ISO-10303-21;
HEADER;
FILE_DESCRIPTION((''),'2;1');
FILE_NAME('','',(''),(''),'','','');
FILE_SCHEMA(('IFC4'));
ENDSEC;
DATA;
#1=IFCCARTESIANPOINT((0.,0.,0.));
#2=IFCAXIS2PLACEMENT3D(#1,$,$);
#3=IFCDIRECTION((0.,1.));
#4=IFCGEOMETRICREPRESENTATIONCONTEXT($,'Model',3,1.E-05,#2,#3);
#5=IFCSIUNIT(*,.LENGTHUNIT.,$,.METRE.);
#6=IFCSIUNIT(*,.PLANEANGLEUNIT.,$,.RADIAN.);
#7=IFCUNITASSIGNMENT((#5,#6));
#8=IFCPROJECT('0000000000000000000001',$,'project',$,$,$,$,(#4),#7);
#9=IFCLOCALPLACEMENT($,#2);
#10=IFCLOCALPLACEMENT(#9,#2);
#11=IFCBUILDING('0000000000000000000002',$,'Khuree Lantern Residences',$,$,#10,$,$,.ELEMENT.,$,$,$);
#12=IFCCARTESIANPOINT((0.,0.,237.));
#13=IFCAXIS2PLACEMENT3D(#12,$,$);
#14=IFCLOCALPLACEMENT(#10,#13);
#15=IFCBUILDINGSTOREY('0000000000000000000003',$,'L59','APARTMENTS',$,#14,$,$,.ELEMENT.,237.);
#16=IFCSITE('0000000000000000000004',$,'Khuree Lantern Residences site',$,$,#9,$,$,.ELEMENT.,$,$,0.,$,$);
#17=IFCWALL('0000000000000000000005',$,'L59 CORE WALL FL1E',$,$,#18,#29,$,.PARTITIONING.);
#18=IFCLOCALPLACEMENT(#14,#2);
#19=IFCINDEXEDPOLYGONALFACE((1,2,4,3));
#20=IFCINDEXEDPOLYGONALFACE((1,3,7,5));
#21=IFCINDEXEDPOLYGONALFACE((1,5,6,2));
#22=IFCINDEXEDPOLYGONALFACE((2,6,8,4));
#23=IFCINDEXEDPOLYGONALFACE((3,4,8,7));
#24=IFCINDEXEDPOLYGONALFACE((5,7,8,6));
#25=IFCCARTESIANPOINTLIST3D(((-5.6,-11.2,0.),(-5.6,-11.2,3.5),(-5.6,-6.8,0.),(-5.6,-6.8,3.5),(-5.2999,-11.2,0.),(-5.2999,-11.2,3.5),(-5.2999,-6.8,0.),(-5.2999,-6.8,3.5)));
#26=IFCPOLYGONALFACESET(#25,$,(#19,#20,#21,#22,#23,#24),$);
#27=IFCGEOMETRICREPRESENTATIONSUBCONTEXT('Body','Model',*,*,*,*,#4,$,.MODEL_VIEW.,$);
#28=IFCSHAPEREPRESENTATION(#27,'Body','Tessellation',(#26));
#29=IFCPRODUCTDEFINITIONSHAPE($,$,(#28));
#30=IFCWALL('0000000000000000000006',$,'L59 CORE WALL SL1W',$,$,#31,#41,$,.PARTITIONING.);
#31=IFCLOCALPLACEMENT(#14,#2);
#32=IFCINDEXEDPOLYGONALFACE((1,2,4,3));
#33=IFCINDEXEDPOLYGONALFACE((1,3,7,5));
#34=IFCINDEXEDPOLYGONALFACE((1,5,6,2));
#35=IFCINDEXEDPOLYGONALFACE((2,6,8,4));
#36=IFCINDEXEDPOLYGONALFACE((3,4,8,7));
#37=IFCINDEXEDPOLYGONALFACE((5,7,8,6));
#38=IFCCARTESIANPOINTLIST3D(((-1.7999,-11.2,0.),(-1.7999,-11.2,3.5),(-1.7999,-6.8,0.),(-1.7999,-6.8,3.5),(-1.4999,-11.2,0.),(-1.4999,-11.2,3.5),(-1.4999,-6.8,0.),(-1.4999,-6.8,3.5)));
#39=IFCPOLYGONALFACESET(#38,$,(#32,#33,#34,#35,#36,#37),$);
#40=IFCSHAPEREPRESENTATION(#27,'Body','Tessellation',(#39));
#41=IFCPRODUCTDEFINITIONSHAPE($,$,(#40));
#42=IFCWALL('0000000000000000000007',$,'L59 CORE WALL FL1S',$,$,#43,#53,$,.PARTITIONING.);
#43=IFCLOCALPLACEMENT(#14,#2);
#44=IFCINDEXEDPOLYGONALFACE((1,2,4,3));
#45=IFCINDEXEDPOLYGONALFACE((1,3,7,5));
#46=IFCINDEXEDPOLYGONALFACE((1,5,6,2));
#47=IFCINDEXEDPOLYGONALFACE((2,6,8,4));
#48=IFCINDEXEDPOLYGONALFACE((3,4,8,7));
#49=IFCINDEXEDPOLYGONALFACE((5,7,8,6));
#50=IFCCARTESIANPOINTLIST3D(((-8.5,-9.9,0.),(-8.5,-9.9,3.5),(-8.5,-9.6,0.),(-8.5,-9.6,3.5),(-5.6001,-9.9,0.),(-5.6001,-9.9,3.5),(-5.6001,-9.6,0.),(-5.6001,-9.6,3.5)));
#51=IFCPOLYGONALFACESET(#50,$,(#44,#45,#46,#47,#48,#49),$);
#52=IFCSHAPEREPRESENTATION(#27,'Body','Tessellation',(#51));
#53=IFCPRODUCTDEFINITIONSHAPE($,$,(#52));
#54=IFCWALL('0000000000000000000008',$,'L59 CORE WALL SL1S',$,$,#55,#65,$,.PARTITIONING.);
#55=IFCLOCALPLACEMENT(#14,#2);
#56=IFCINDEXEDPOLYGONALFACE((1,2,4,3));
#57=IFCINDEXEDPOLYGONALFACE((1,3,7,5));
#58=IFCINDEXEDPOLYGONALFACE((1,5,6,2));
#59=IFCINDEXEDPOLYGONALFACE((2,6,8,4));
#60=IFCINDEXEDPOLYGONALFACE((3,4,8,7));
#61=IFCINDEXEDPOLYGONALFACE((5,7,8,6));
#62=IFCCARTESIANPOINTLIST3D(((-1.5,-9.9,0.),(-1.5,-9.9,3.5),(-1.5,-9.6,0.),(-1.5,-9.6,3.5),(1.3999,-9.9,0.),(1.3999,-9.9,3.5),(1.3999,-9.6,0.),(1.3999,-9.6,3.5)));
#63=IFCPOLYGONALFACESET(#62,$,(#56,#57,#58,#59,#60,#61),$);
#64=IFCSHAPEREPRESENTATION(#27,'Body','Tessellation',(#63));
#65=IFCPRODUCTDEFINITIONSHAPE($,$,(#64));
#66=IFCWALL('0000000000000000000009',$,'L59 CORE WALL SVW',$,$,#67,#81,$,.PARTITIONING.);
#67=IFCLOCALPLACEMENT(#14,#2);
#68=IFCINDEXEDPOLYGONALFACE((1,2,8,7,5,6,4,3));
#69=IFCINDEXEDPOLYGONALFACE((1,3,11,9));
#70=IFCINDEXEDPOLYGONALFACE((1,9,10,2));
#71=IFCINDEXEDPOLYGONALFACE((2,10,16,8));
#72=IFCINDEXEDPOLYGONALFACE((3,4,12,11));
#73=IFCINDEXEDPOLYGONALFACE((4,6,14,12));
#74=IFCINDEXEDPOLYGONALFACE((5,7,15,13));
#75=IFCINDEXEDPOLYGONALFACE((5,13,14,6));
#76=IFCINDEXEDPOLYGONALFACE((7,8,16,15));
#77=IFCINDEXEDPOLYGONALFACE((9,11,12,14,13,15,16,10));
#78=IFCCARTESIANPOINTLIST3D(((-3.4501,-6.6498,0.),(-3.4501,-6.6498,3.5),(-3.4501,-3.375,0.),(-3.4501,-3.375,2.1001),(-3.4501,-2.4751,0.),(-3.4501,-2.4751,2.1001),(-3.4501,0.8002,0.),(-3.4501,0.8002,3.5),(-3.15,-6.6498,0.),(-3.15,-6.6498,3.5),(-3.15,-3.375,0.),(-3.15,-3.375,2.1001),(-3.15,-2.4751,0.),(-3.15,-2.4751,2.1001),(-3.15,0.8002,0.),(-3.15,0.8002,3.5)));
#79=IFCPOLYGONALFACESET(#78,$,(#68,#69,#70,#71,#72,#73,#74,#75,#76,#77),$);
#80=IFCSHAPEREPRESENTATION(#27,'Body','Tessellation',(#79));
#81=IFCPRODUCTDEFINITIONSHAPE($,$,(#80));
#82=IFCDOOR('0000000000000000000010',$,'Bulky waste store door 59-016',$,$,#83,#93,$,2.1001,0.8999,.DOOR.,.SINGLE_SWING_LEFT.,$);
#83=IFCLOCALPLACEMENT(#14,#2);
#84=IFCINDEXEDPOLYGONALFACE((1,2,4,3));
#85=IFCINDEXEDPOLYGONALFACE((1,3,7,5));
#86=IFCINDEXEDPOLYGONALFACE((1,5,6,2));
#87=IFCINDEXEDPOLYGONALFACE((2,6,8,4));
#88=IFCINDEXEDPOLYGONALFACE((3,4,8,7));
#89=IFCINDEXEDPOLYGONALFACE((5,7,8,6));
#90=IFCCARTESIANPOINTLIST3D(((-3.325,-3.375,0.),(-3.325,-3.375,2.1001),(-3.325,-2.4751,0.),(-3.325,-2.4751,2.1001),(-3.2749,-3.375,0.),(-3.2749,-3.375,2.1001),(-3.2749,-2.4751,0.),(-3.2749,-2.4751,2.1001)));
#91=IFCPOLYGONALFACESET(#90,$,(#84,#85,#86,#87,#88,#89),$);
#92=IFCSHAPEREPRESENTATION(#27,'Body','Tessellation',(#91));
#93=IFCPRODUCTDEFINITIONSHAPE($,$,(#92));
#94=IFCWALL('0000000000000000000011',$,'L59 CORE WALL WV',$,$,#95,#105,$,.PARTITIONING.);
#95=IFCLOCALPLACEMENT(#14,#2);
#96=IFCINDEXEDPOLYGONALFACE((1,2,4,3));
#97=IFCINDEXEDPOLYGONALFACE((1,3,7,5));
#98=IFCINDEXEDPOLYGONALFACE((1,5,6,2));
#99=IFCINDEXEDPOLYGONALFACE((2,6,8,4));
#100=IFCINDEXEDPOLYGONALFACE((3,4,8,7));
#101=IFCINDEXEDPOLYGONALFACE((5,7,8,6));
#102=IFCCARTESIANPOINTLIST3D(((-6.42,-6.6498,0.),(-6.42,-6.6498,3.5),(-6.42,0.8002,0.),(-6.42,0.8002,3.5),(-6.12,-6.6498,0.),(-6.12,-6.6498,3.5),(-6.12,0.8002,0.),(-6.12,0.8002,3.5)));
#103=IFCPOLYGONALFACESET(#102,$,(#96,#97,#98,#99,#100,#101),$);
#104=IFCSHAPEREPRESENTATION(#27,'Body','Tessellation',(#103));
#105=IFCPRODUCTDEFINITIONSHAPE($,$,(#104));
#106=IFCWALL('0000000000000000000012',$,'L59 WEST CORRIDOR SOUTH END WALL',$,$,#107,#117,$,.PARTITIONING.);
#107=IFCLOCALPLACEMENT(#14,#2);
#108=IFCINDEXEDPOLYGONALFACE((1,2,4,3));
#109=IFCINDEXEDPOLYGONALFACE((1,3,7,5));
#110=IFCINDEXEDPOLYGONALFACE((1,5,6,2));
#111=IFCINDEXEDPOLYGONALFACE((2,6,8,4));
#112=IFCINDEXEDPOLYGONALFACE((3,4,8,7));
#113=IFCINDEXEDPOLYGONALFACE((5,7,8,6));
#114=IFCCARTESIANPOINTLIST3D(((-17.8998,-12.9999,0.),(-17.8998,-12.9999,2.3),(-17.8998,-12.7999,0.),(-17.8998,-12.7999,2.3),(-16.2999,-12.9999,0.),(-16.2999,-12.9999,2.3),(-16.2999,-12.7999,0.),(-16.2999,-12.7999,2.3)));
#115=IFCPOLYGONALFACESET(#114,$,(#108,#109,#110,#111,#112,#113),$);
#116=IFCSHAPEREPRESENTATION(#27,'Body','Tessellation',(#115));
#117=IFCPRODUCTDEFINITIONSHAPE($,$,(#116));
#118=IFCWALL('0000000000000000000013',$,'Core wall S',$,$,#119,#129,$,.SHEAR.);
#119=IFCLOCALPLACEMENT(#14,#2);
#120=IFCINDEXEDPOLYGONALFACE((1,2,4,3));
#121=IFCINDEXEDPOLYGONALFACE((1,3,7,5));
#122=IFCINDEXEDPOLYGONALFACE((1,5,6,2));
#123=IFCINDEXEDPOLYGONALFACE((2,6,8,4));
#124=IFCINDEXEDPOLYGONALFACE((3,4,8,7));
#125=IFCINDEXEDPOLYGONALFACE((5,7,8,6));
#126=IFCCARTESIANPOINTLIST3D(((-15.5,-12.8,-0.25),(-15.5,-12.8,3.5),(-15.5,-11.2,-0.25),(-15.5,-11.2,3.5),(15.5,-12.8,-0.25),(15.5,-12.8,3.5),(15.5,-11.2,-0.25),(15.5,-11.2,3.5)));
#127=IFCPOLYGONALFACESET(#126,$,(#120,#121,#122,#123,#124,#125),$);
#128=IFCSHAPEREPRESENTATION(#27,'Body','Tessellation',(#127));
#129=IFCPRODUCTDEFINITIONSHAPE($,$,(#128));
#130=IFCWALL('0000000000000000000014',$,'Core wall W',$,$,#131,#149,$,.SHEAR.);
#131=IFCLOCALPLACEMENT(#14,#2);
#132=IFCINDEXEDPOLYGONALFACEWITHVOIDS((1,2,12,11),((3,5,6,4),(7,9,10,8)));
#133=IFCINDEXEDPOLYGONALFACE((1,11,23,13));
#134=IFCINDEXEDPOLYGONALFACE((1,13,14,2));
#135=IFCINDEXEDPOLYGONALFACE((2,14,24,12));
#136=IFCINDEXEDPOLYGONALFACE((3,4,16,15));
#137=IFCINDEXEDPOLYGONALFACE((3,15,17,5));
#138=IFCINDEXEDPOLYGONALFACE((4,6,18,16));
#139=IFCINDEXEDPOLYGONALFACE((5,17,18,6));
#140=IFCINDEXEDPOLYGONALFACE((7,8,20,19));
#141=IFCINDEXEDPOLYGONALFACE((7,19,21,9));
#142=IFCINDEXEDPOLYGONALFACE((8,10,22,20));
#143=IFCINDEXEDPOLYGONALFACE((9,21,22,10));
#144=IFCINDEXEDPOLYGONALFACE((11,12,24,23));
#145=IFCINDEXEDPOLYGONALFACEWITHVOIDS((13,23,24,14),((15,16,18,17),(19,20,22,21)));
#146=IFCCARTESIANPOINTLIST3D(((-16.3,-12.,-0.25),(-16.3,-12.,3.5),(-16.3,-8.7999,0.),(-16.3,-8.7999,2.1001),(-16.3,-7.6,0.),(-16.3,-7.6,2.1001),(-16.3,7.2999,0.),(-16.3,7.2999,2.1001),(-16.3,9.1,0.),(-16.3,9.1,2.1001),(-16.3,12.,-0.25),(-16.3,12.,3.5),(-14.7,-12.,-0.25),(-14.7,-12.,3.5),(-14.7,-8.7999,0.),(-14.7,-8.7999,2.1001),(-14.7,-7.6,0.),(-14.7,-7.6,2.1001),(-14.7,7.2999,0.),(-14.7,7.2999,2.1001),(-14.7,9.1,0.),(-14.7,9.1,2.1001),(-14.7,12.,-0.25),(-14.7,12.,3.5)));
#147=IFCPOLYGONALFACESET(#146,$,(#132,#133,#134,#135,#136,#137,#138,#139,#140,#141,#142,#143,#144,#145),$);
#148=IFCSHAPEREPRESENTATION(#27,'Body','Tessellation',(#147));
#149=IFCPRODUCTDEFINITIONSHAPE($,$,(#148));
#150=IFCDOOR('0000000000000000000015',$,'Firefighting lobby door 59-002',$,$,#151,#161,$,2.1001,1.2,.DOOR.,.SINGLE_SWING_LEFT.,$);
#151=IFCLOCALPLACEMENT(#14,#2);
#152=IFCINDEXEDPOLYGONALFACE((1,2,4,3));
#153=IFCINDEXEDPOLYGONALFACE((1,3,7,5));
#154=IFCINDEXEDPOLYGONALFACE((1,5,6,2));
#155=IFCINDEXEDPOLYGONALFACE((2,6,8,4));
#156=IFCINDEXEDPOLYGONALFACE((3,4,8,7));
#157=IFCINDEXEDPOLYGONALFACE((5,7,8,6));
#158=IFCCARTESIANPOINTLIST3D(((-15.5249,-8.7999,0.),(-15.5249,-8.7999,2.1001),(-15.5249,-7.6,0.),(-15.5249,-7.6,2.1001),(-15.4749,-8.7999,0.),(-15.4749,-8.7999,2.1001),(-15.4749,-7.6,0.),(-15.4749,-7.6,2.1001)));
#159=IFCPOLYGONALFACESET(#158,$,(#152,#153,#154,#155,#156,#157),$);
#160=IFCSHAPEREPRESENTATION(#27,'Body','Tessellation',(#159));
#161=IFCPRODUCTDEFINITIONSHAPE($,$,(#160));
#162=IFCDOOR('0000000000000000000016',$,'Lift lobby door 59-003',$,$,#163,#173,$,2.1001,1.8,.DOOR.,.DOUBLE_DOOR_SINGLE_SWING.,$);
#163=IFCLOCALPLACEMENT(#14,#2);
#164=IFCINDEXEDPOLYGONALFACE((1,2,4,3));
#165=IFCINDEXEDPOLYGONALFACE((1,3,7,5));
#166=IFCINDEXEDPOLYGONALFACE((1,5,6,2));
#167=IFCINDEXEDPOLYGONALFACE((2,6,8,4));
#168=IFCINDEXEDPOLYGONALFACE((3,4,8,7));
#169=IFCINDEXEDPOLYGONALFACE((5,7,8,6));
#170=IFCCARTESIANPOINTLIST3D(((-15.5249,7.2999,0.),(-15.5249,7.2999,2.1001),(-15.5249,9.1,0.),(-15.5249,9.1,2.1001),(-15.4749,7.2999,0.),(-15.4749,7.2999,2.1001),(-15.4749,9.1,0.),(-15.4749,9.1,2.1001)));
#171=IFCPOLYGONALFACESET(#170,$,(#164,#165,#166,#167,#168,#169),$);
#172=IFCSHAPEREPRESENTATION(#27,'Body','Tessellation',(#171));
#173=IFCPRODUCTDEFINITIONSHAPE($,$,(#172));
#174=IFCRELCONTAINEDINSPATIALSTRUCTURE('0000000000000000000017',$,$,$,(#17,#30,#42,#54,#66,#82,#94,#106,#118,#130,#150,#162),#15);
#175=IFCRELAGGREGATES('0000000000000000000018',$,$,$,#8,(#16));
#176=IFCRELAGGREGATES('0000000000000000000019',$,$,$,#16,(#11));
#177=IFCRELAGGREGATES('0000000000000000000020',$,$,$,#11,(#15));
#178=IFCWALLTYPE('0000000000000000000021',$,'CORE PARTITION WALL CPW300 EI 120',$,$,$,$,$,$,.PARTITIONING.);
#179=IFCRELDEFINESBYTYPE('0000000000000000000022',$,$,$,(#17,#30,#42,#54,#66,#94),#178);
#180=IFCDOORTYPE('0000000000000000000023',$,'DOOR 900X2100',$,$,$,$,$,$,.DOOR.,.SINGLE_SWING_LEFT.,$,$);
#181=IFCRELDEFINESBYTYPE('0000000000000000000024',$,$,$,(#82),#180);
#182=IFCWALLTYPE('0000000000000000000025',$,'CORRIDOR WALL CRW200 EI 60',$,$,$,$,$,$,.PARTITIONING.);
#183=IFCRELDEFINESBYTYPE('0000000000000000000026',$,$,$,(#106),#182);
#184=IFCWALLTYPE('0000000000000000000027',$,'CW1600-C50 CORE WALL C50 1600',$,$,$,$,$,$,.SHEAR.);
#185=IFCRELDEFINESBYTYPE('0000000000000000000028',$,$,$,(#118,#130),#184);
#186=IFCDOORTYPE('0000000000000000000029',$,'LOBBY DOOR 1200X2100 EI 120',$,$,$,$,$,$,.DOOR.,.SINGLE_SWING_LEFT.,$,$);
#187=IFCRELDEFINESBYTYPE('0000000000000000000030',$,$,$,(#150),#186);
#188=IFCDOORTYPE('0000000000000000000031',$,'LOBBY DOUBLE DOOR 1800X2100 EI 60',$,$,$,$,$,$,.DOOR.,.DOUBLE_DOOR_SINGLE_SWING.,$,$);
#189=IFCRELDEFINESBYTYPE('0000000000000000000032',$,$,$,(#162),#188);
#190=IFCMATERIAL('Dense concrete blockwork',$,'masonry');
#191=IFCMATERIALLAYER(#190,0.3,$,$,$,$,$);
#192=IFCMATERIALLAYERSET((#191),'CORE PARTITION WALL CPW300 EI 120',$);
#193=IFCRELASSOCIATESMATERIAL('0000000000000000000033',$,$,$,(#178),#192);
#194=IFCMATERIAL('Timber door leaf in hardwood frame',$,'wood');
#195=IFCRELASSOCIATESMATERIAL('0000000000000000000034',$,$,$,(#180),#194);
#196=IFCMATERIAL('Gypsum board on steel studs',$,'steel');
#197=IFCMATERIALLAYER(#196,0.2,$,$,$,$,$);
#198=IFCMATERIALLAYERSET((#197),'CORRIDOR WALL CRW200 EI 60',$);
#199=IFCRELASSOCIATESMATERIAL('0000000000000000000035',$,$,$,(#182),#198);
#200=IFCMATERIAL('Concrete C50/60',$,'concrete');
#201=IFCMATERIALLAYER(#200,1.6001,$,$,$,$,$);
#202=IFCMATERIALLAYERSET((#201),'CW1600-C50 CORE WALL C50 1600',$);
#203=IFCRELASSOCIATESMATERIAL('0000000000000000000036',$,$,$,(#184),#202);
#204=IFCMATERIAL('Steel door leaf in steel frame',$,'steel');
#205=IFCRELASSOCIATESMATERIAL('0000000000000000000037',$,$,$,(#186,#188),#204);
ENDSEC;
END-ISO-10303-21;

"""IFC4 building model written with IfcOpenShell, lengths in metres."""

from ifc_helpers import new_model, si_unit, direction, frame, frame_2d, origin, place, context, subcontext, project, spatial, rectangle, extrude, material, layer, layer_set, type_object, element, fill, save


model = new_model("IFC4")

# Units and contexts
model_context = context("Model", 3, precision=1e-05, world=origin(), true_north=direction((0.0, 1.0)))
body_context = subcontext(model_context, "Body", "Model", "MODEL_VIEW")
ifc_project = project(units=[si_unit("LENGTHUNIT", "METRE"), si_unit("PLANEANGLEUNIT", "RADIAN")], contexts=[model_context])

# Site, building, storey
site_placement = place(None, origin())
site = spatial("IfcSite", under=ifc_project, at=site_placement, Name="Khuree Lantern Residences site", CompositionType="ELEMENT", RefElevation=0.0)
building_placement = place(site_placement, origin())
building = spatial("IfcBuilding", under=site, at=building_placement, Name="Khuree Lantern Residences", CompositionType="ELEMENT")
storey_placement = place(building_placement, frame((0.0, 0.0, 237.0)))
storey = spatial("IfcBuildingStorey", under=building, at=storey_placement, Name="L59", Description="APARTMENTS", CompositionType="ELEMENT", Elevation=237.0)

# Shared definitions
ifc_material_1 = material(Name="Concrete C50/60", Category="concrete")

# Shared definitions
ifc_material_2 = material(Name="Timber door leaf in hardwood frame", Category="wood")

# Shared definitions
ifc_material_3 = material(Name="Dense concrete blockwork", Category="masonry")
ifc_layer_1 = layer(ifc_material_3, 0.3)
ifc_layer_set_1 = layer_set([ifc_layer_1], Name="CORE PARTITION WALL CPW300 EI 120")
wall_type_1 = type_object("IfcWallType", Name="CORE PARTITION WALL CPW300 EI 120", PredefinedType="PARTITIONING", material=ifc_layer_set_1)

# Shared definitions
ifc_material_4 = material(Name="Steel door leaf in steel frame", Category="steel")

# Walls
for number, where, z_axis, x_axis, name in (
    (1, (-5.45, -11.2, 0.0), (0.0, 0.0, 1.0), (0.0, 1.0, 0.0), "L59 CORE WALL FL1E"),
    (2, (-1.6499, -11.2, 0.0), (0.0, 0.0, 1.0), (0.0, 1.0, 0.0), "L59 CORE WALL SL1W"),
):
    element("IfcWall", number, at=place(storey_placement, frame(where, z_axis=z_axis, x_axis=x_axis)), inside=storey, type_object=wall_type_1, Name=name, PredefinedType="PARTITIONING", context=body_context, shape_type="SweptSolid", body=[
        extrude(rectangle(XDim=4.3999, YDim=0.3, at=frame_2d((2.2, 0.0))), origin(), (0.0, 0.0, 1.0), 3.5),
    ])
for number, where, z_axis, x_axis, name in (
    (3, (-8.5, -9.75, 0.0), (0.0, 0.0, 1.0), (1.0, 0.0, 0.0), "L59 CORE WALL FL1S"),
    (4, (-1.5, -9.75, 0.0), (0.0, 0.0, 1.0), (1.0, 0.0, 0.0), "L59 CORE WALL SL1S"),
):
    element("IfcWall", number, at=place(storey_placement, frame(where, z_axis=z_axis, x_axis=x_axis)), inside=storey, type_object=wall_type_1, Name=name, PredefinedType="PARTITIONING", context=body_context, shape_type="SweptSolid", body=[
        extrude(rectangle(XDim=2.8999, YDim=0.3, at=frame_2d((1.45, 0.0))), origin(), (0.0, 0.0, 1.0), 3.5),
    ])

# Wall, opening, door
wall_1_placement = place(storey_placement, frame((-3.3, -6.6499, 0.0), z_axis=(0.0, 0.0, 1.0), x_axis=(0.0, 1.0, 0.0)))
wall_1 = element("IfcWall", 5, at=wall_1_placement, inside=storey, type_object=wall_type_1, Name="L59 CORE WALL SVW", PredefinedType="PARTITIONING", context=body_context, shape_type="SweptSolid", body=[
    extrude(rectangle(XDim=7.45, YDim=0.3, at=frame_2d((3.7251, 0.0))), origin(), (0.0, 0.0, 1.0), 3.5),
])
opening_1_placement = place(wall_1_placement, frame((3.2749, 0.0, 0.0)))
opening_1 = element("IfcOpeningElement", 6, at=opening_1_placement, cuts=wall_1, PredefinedType="OPENING", context=body_context, shape_type="SweptSolid", body=[
    extrude(rectangle(XDim=0.8999, YDim=2.1001, at=frame_2d((0.45, 1.05))), frame((0.0, 0.1602, 0.0), z_axis=(0.0, -1.0, 0.0), x_axis=(1.0, 0.0, 0.0)), (0.0, 0.0, 1.0), 0.3201),
])
door_type_1 = type_object("IfcDoorType", Name="DOOR 900X2100", OperationType="SINGLE_SWING_LEFT", PredefinedType="DOOR", material=ifc_material_2)
door_1_placement = place(opening_1_placement, origin())
door_1 = element("IfcDoor", 7, at=door_1_placement, inside=storey, type_object=door_type_1, Name="Bulky waste store door 59-016", OperationType="SINGLE_SWING_LEFT", OverallHeight=2.1001, OverallWidth=0.8999, PredefinedType="DOOR", context=body_context, shape_type="SweptSolid", body=[
    extrude(rectangle(XDim=0.8999, YDim=2.1001, at=frame_2d((0.45, 1.05))), frame((0.0, 0.0249, 0.0), z_axis=(0.0, -1.0, 0.0), x_axis=(1.0, 0.0, 0.0)), (0.0, 0.0, 1.0), 0.05),
])
fill(opening_1, door_1)

# Walls
wall_2_placement = place(storey_placement, frame((-6.27, -6.6499, 0.0), z_axis=(0.0, 0.0, 1.0), x_axis=(0.0, 1.0, 0.0)))
element("IfcWall", 8, at=wall_2_placement, inside=storey, type_object=wall_type_1, Name="L59 CORE WALL WV", PredefinedType="PARTITIONING", context=body_context, shape_type="SweptSolid", body=[
    extrude(rectangle(XDim=7.45, YDim=0.3, at=frame_2d((3.7251, 0.0))), origin(), (0.0, 0.0, 1.0), 3.5),
])
ifc_material_5 = material(Name="Gypsum board on steel studs", Category="steel")
ifc_layer_2 = layer(ifc_material_5, 0.2)
ifc_layer_set_2 = layer_set([ifc_layer_2], Name="CORRIDOR WALL CRW200 EI 60")
wall_type_2 = type_object("IfcWallType", Name="CORRIDOR WALL CRW200 EI 60", PredefinedType="PARTITIONING", material=ifc_layer_set_2)
wall_3_placement = place(storey_placement, frame((-16.3, -12.8999, 0.0), z_axis=(0.0, 0.0, 1.0), x_axis=(-1.0, 0.0, 0.0)))
element("IfcWall", 9, at=wall_3_placement, inside=storey, type_object=wall_type_2, Name="L59 WEST CORRIDOR SOUTH END WALL", PredefinedType="PARTITIONING", context=body_context, shape_type="SweptSolid", body=[
    extrude(rectangle(XDim=1.5999, YDim=0.2, at=frame_2d((0.7998, 0.0))), origin(), (0.0, 0.0, 1.0), 2.3),
])
ifc_layer_3 = layer(ifc_material_1, 1.6001)
ifc_layer_set_3 = layer_set([ifc_layer_3], Name="CW1600-C50 CORE WALL C50 1600")
wall_type_3 = type_object("IfcWallType", Name="CW1600-C50 CORE WALL C50 1600", PredefinedType="SHEAR", material=ifc_layer_set_3)
wall_4_placement = place(storey_placement, frame((-15.5, -12.0, -0.25), z_axis=(0.0, 0.0, 1.0), x_axis=(1.0, 0.0, 0.0)))
element("IfcWall", 10, at=wall_4_placement, inside=storey, type_object=wall_type_3, Name="Core wall S", PredefinedType="SHEAR", context=body_context, shape_type="SweptSolid", body=[
    extrude(rectangle(XDim=31.0, YDim=1.6001, at=frame_2d((15.5, 0.0))), origin(), (0.0, 0.0, 1.0), 3.75),
])

# Wall, openings, doors
wall_5_placement = place(storey_placement, frame((-15.5, -12.0, -0.25), z_axis=(0.0, 0.0, 1.0), x_axis=(0.0, 1.0, 0.0)))
wall_5 = element("IfcWall", 11, at=wall_5_placement, inside=storey, type_object=wall_type_3, Name="Core wall W", PredefinedType="SHEAR", context=body_context, shape_type="SweptSolid", body=[
    extrude(rectangle(XDim=24.0, YDim=1.6001, at=frame_2d((12.0, 0.0))), origin(), (0.0, 0.0, 1.0), 3.75),
])
opening_2_placement = place(wall_5_placement, frame((3.2, 0.0, 0.25)))
opening_2 = element("IfcOpeningElement", 12, at=opening_2_placement, cuts=wall_5, PredefinedType="OPENING", context=body_context, shape_type="SweptSolid", body=[
    extrude(rectangle(XDim=1.2, YDim=2.1001, at=frame_2d((0.6001, 1.05))), frame((0.0, 0.8101, 0.0), z_axis=(0.0, -1.0, 0.0), x_axis=(1.0, 0.0, 0.0)), (0.0, 0.0, 1.0), 1.6201),
])
opening_3_placement = place(wall_5_placement, frame((19.3, 0.0, 0.25)))
opening_3 = element("IfcOpeningElement", 13, at=opening_3_placement, cuts=wall_5, PredefinedType="OPENING", context=body_context, shape_type="SweptSolid", body=[
    extrude(rectangle(XDim=1.8, YDim=2.1001, at=frame_2d((0.8999, 1.05))), frame((0.0, 0.8101, 0.0), z_axis=(0.0, -1.0, 0.0), x_axis=(1.0, 0.0, 0.0)), (0.0, 0.0, 1.0), 1.6201),
])
door_type_2 = type_object("IfcDoorType", Name="LOBBY DOOR 1200X2100 EI 120", OperationType="SINGLE_SWING_LEFT", PredefinedType="DOOR", material=ifc_material_4)
door_2_placement = place(opening_2_placement, origin())
door_2 = element("IfcDoor", 14, at=door_2_placement, inside=storey, type_object=door_type_2, Name="Firefighting lobby door 59-002", OperationType="SINGLE_SWING_LEFT", OverallHeight=2.1001, OverallWidth=1.2, PredefinedType="DOOR", context=body_context, shape_type="SweptSolid", body=[
    extrude(rectangle(XDim=1.2, YDim=2.1001, at=frame_2d((0.6001, 1.05))), frame((0.0, 0.0249, 0.0), z_axis=(0.0, -1.0, 0.0), x_axis=(1.0, 0.0, 0.0)), (0.0, 0.0, 1.0), 0.05),
])
fill(opening_2, door_2)
door_type_3 = type_object("IfcDoorType", Name="LOBBY DOUBLE DOOR 1800X2100 EI 60", OperationType="DOUBLE_DOOR_SINGLE_SWING", PredefinedType="DOOR", material=ifc_material_4)
door_3_placement = place(opening_3_placement, origin())
door_3 = element("IfcDoor", 15, at=door_3_placement, inside=storey, type_object=door_type_3, Name="Lift lobby door 59-003", OperationType="DOUBLE_DOOR_SINGLE_SWING", OverallHeight=2.1001, OverallWidth=1.8, PredefinedType="DOOR", context=body_context, shape_type="SweptSolid", body=[
    extrude(rectangle(XDim=1.8, YDim=2.1001, at=frame_2d((0.8999, 1.05))), frame((0.0, 0.0249, 0.0), z_axis=(0.0, -1.0, 0.0), x_axis=(1.0, 0.0, 0.0)), (0.0, 0.0, 1.0), 0.05),
])
fill(opening_3, door_3)

save(model, "model.ifc")
